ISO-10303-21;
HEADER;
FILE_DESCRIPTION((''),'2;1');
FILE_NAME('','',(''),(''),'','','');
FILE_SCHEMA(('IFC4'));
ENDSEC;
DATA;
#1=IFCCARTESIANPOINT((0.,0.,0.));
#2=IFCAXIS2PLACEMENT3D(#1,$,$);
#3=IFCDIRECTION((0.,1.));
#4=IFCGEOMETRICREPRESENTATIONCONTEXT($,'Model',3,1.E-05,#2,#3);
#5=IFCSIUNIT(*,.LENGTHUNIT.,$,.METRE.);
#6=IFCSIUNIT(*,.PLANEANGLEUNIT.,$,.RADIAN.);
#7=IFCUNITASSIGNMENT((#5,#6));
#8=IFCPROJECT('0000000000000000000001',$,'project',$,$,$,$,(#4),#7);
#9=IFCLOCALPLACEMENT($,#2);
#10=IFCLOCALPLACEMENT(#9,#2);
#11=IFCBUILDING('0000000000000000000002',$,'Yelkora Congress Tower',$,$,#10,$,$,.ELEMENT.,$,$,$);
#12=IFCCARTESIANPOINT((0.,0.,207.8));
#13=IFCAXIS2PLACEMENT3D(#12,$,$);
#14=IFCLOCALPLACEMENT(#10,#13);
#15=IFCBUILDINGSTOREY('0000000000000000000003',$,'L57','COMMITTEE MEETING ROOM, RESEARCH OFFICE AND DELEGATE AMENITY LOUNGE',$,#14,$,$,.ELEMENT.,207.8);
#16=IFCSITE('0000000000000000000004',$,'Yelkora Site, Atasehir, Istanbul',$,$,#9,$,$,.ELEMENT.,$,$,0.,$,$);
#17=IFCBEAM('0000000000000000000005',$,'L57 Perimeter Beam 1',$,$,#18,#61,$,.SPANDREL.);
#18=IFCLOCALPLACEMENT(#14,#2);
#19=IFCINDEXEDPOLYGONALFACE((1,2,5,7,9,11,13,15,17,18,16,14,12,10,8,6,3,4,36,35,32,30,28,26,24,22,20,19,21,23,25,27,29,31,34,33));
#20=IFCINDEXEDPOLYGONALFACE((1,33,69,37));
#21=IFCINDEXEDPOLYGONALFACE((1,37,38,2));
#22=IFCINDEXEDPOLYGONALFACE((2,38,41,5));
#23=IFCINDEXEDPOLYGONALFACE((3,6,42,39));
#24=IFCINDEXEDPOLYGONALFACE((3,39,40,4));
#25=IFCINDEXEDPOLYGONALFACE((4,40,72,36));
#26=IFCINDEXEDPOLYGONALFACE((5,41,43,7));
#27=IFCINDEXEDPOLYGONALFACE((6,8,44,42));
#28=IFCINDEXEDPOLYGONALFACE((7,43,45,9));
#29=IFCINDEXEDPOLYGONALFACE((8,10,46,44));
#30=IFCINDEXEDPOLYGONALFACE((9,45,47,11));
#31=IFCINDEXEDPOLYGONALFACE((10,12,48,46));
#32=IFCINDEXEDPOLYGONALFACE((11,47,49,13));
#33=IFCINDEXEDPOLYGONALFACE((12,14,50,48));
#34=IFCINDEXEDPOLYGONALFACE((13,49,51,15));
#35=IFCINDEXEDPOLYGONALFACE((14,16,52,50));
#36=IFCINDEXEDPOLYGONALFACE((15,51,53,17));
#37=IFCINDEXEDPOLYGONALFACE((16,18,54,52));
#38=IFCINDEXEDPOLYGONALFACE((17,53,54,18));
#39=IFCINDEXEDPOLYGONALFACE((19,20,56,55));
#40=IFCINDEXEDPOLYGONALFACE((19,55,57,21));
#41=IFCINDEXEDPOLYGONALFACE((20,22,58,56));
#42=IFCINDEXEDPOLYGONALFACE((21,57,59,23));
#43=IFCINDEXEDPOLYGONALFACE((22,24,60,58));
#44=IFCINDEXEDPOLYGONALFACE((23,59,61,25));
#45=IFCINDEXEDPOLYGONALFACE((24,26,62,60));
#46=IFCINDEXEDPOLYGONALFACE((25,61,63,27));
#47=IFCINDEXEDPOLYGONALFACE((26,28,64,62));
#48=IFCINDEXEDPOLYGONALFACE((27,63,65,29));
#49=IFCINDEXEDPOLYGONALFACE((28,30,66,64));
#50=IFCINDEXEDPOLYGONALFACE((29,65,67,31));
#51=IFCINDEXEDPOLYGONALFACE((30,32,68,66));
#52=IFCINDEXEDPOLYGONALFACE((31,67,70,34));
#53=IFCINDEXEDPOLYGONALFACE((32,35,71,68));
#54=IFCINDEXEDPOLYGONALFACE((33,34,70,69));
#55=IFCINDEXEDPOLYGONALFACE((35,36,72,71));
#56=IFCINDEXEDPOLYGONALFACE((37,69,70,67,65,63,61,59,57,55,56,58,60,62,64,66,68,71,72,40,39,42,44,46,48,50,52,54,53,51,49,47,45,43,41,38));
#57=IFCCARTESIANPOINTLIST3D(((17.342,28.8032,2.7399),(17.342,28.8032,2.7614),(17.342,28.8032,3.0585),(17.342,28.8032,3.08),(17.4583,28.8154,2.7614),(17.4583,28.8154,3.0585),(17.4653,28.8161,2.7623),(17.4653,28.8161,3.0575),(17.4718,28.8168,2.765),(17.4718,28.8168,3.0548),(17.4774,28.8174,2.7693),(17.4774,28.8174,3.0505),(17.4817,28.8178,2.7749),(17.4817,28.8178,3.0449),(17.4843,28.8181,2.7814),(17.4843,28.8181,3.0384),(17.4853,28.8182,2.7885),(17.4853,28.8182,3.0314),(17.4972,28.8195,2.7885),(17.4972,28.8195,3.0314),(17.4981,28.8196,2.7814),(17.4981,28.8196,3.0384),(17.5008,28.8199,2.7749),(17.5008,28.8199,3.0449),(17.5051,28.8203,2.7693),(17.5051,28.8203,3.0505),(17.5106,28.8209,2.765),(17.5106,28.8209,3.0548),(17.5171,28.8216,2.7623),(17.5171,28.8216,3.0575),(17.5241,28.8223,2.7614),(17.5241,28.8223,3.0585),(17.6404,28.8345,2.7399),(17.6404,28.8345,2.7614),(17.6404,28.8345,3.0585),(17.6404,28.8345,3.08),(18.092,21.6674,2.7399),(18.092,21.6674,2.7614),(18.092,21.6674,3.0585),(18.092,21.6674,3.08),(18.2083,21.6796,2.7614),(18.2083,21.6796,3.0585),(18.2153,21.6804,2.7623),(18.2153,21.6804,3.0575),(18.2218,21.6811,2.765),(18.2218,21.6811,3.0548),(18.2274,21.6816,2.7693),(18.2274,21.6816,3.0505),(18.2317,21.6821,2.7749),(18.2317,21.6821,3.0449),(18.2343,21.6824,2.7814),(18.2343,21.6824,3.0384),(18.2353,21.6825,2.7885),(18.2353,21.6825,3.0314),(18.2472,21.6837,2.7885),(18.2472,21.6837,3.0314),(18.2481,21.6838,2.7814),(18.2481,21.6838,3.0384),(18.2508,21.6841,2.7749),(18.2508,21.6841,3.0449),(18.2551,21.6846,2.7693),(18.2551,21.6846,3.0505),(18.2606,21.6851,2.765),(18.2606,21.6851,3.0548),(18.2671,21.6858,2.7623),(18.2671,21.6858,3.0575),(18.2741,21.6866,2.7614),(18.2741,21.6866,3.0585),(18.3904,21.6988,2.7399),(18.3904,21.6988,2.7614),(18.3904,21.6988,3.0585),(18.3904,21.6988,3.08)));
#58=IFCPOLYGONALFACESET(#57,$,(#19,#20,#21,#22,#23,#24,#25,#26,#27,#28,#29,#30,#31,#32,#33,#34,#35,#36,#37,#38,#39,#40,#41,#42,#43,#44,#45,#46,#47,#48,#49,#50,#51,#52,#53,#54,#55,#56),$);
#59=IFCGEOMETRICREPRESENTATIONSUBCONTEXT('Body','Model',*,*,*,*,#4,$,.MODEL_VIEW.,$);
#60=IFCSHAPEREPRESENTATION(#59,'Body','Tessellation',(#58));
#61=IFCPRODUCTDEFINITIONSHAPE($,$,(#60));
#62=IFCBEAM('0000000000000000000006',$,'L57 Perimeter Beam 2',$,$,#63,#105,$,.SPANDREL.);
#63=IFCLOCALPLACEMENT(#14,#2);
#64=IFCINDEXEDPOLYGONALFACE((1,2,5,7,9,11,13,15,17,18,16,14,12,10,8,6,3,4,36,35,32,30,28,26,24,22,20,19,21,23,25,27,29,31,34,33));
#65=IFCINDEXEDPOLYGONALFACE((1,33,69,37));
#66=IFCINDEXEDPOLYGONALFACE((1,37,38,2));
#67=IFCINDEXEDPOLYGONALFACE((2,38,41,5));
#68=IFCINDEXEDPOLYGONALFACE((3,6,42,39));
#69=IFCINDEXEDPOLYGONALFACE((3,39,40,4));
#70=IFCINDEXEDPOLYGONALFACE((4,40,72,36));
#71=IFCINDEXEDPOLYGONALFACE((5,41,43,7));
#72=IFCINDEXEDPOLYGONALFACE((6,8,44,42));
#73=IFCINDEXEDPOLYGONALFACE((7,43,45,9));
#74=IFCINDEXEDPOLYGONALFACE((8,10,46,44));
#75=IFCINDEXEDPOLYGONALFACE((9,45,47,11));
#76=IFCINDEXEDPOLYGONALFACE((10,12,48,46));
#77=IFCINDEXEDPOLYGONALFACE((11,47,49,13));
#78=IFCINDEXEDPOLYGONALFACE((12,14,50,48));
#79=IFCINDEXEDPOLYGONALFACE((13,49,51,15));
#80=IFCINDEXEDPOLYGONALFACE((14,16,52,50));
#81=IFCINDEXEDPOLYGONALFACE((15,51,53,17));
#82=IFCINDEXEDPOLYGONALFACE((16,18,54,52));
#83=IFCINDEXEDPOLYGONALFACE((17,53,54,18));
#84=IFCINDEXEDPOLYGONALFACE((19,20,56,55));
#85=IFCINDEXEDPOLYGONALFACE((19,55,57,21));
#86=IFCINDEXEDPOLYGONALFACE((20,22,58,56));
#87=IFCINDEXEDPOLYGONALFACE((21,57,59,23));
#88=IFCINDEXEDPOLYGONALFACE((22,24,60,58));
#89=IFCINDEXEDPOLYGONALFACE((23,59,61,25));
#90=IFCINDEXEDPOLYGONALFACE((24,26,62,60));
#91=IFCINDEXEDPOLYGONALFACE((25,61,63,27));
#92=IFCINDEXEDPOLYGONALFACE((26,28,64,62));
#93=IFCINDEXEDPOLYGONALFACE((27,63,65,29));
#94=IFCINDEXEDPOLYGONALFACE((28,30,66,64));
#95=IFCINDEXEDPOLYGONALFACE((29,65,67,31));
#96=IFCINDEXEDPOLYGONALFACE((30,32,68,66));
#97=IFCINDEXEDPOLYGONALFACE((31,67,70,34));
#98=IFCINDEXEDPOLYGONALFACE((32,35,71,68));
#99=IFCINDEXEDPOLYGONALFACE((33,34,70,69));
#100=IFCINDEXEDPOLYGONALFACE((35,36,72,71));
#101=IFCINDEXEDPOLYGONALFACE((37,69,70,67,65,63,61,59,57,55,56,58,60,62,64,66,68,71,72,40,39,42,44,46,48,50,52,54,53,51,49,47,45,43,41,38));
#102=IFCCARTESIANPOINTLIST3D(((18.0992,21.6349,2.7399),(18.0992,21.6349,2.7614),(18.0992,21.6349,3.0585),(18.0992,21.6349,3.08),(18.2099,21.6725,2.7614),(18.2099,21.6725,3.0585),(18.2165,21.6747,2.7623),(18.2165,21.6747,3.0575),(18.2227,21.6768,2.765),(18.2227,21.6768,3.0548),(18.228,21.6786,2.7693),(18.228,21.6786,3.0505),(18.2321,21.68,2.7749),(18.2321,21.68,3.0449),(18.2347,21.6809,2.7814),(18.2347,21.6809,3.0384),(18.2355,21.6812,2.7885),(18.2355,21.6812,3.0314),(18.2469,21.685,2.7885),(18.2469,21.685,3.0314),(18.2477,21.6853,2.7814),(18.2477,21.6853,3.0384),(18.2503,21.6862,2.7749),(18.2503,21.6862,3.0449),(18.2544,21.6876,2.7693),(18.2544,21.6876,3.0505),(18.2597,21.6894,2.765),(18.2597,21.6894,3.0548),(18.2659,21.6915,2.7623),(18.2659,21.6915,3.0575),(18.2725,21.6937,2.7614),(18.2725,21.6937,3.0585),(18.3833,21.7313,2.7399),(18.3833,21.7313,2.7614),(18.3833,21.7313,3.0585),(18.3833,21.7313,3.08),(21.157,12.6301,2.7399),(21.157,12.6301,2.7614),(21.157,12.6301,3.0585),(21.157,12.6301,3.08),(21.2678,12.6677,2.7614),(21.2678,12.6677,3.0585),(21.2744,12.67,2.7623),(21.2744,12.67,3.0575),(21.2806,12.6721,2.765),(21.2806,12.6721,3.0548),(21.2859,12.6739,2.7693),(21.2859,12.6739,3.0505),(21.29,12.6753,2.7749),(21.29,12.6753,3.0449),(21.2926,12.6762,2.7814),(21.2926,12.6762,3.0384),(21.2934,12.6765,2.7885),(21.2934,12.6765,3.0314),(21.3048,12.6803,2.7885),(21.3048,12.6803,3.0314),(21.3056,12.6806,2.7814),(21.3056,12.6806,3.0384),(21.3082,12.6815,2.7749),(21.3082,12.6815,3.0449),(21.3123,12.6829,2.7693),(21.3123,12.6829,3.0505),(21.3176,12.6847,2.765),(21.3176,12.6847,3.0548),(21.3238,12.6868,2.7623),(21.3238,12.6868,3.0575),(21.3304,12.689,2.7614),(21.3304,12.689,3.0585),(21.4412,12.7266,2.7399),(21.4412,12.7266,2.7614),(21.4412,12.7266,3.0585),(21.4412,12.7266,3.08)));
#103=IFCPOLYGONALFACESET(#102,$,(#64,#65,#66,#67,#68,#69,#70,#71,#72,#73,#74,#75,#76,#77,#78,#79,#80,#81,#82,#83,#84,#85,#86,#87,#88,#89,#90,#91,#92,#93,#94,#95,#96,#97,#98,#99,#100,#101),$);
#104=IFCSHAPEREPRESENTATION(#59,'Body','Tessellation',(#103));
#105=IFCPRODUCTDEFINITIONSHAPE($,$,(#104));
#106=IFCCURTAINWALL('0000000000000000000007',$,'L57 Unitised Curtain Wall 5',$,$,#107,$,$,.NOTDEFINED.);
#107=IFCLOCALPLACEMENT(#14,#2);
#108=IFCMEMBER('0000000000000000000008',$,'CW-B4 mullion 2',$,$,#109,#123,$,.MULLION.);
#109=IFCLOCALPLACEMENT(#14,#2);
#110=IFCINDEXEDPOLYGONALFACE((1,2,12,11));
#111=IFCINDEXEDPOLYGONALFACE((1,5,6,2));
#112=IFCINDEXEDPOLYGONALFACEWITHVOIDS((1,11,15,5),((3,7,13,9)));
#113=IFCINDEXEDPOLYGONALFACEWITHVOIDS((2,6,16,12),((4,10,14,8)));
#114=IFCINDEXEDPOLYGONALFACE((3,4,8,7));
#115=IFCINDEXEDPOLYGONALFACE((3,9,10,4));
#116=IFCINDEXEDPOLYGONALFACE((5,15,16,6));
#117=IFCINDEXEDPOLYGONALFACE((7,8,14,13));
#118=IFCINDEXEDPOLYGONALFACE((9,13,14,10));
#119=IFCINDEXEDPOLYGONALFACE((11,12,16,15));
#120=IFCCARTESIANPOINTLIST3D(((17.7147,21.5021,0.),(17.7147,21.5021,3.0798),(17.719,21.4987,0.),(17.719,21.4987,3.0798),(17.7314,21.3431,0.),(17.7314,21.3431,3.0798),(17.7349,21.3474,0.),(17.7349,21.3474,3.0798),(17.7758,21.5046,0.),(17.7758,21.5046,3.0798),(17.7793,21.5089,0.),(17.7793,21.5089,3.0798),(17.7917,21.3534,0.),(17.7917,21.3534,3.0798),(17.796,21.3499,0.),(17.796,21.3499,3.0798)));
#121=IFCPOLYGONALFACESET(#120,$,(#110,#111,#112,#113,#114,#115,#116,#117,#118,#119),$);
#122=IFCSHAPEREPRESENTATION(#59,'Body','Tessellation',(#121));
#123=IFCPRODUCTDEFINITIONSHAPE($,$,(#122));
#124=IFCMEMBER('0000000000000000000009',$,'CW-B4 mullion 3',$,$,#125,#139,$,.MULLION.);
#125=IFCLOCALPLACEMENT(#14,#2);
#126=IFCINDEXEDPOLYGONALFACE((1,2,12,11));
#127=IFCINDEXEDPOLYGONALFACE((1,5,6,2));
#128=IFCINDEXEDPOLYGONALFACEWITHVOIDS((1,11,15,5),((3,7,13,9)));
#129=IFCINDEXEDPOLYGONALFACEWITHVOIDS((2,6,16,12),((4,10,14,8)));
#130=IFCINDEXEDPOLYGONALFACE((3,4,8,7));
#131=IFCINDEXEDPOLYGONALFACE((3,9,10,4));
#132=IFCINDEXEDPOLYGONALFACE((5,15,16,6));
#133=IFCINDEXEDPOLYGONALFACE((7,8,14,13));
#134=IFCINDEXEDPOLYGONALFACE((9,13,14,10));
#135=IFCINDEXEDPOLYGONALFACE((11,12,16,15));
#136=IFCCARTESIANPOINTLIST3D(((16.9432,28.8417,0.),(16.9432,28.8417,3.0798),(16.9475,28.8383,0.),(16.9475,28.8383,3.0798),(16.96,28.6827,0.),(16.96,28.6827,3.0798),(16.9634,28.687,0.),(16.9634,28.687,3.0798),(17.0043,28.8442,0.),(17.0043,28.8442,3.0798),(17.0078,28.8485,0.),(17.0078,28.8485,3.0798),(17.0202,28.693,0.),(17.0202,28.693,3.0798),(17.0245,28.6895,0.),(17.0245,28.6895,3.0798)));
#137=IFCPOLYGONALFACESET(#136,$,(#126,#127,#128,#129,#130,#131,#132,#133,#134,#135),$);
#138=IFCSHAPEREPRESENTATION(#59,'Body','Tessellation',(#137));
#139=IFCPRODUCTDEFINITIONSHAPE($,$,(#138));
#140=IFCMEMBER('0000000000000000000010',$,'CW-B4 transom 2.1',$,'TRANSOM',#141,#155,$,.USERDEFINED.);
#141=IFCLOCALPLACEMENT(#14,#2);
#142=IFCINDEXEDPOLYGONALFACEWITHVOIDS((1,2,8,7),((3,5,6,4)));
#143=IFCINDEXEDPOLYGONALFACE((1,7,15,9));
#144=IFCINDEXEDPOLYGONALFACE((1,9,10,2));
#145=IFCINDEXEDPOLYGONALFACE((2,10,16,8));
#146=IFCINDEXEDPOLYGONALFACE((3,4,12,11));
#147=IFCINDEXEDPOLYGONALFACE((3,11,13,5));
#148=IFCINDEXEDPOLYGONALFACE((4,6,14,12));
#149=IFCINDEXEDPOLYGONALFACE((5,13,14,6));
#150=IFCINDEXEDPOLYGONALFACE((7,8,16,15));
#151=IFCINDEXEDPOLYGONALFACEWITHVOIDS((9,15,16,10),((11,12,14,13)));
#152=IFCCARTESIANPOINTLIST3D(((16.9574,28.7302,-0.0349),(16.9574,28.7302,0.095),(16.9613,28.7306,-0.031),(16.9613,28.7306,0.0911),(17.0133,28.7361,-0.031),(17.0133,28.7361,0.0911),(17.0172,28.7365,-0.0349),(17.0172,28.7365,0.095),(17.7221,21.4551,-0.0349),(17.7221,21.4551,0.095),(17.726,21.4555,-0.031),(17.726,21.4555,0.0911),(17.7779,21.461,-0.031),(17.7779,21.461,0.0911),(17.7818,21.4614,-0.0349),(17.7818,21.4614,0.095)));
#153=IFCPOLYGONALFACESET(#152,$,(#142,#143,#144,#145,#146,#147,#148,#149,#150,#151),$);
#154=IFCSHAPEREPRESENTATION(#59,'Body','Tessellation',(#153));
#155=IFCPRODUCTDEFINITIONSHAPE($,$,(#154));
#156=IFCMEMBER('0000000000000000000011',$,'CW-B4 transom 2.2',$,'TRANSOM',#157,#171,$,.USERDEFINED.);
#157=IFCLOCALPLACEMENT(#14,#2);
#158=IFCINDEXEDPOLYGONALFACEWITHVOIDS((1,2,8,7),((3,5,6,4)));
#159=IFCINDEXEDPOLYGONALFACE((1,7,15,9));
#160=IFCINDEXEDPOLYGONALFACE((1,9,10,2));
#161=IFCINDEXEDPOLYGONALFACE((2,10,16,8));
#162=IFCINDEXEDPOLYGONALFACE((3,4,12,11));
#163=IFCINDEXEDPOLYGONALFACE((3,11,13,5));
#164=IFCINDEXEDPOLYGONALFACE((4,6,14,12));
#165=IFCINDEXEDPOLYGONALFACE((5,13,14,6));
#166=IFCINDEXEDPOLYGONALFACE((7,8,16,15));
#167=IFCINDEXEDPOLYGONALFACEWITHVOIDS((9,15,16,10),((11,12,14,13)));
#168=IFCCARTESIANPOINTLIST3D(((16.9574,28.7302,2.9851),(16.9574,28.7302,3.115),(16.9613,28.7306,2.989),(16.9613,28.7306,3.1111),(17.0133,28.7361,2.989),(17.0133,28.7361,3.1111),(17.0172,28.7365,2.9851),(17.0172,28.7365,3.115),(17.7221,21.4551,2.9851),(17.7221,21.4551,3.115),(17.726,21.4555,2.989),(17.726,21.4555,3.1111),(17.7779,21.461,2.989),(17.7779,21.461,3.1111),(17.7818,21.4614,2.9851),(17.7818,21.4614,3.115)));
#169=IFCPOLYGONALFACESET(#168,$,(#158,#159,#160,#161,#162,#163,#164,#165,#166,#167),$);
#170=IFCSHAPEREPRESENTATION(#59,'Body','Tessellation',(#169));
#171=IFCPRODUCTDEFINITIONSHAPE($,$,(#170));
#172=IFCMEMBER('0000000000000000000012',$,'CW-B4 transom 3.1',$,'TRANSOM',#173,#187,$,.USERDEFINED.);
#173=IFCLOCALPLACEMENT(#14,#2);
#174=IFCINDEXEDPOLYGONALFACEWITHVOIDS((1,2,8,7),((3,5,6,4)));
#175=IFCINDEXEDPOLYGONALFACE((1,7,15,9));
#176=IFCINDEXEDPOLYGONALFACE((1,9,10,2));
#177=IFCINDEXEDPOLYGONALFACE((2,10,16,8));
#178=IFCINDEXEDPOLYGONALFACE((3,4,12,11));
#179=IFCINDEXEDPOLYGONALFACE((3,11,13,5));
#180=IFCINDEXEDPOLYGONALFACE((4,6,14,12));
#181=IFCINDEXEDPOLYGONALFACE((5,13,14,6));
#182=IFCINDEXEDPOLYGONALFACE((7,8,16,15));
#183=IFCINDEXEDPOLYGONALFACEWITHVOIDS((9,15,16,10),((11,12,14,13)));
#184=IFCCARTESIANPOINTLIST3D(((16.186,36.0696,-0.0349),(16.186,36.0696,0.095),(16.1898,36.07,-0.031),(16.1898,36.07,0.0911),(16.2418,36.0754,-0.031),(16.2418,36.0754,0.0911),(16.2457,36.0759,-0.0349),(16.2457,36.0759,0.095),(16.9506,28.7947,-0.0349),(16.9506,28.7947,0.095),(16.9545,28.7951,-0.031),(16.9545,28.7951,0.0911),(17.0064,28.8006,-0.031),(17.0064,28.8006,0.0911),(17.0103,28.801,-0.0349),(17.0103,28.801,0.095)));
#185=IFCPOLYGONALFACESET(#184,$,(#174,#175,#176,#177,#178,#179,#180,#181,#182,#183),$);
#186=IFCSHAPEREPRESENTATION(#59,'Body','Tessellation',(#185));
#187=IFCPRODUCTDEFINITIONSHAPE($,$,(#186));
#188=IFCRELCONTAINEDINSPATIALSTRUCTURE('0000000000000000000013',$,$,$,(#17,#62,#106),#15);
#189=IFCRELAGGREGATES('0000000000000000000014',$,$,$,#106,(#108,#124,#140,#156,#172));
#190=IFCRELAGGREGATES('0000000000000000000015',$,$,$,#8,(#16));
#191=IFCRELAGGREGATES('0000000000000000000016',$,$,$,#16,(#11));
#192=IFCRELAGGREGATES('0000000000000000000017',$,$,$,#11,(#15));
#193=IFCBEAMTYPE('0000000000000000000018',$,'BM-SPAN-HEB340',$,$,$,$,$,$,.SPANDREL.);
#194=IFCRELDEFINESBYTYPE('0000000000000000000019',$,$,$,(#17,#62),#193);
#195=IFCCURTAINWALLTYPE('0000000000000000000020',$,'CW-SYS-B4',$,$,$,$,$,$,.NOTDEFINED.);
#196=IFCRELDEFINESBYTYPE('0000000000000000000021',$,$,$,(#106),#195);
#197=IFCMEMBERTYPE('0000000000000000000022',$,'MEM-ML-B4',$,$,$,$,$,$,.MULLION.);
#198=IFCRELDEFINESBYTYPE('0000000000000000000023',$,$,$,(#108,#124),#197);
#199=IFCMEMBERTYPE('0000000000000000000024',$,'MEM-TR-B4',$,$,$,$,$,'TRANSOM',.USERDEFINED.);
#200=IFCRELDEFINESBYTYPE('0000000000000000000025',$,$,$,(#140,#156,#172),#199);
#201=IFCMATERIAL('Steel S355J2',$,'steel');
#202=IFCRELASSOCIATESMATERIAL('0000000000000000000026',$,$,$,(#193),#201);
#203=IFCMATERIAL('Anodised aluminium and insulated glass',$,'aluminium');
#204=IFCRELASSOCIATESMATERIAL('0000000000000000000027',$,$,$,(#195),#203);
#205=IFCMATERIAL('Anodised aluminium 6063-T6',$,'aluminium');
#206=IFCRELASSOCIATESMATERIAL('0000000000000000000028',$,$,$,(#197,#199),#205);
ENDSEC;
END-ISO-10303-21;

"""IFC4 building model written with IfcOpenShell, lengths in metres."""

from ifc_helpers import new_model, si_unit, direction, frame, origin, origin_2d, place, context, subcontext, project, spatial, hollow_rectangle, i_section, extrude, material, material_profile, profile_set, type_object, element, aggregate, save


model = new_model("IFC4")

# Units and contexts
model_context = context("Model", 3, precision=1e-05, world=origin(), true_north=direction((0.0, 1.0)))
body_context = subcontext(model_context, "Body", "Model", "MODEL_VIEW")
ifc_project = project(units=[si_unit("LENGTHUNIT", "METRE"), si_unit("PLANEANGLEUNIT", "RADIAN")], contexts=[model_context])

# Site, building, storey
site_placement = place(None, origin())
site = spatial("IfcSite", under=ifc_project, at=site_placement, Name="Yelkora Site, Atasehir, Istanbul", CompositionType="ELEMENT", RefElevation=0.0)
building_placement = place(site_placement, origin())
building = spatial("IfcBuilding", under=site, at=building_placement, Name="Yelkora Congress Tower", CompositionType="ELEMENT")
storey_placement = place(building_placement, frame((0.0, 0.0, 207.8)))
storey = spatial("IfcBuildingStorey", under=building, at=storey_placement, Name="L57", Description="COMMITTEE MEETING ROOM, RESEARCH OFFICE AND DELEGATE AMENITY LOUNGE", CompositionType="ELEMENT", Elevation=207.8)

# Shared definitions
ifc_material_1 = material(Name="Steel S355J2", Category="steel")

# Beams
ifc_material_profile_1 = material_profile(ifc_material_1, i_section(OverallWidth=0.3, OverallDepth=0.3401, WebThickness=0.012, FlangeThickness=0.0215, FilletRadius=0.0271, at=origin_2d()), Name="HEB 340")
ifc_profile_set_1 = profile_set([ifc_material_profile_1], Name="Steel S355J2")
beam_type_1 = type_object("IfcBeamType", Name="BM-SPAN-HEB340", PredefinedType="SPANDREL", material=ifc_profile_set_1)
beam_1_placement = place(storey_placement, frame((17.4912, 28.8188, 2.9099), z_axis=(0.104529, -0.994522, 0.0), x_axis=(0.994522, 0.104529, 0.0)))
element("IfcBeam", 1, at=beam_1_placement, inside=storey, type_object=beam_type_1, Name="L57 Perimeter Beam 1", PredefinedType="SPANDREL", context=body_context, shape_type="SweptSolid", body=[
    extrude(i_section(OverallWidth=0.3, OverallDepth=0.3401, WebThickness=0.012, FlangeThickness=0.0215, FilletRadius=0.0271, at=origin_2d()), origin(), (0.0, 0.0, 1.0), 7.175),
])
beam_2_placement = place(storey_placement, frame((18.2412, 21.6831, 2.9099), z_axis=(0.321552, -0.946892, 0.0), x_axis=(0.946892, 0.321552, 0.0)))
element("IfcBeam", 2, at=beam_2_placement, inside=storey, type_object=beam_type_1, Name="L57 Perimeter Beam 2", PredefinedType="SPANDREL", context=body_context, shape_type="SweptSolid", body=[
    extrude(i_section(OverallWidth=0.3, OverallDepth=0.3401, WebThickness=0.012, FlangeThickness=0.0215, FilletRadius=0.0271, at=origin_2d()), origin(), (0.0, 0.0, 1.0), 9.5098),
])

# Curtain wall, members
ifc_material_2 = material(Name="Anodised aluminium and insulated glass", Category="aluminium")
curtain_wall_type = type_object("IfcCurtainWallType", Name="CW-SYS-B4", PredefinedType="NOTDEFINED", material=ifc_material_2)
curtain_wall_placement = place(storey_placement, origin())
curtain_wall = element("IfcCurtainWall", 3, at=curtain_wall_placement, inside=storey, type_object=curtain_wall_type, Name="L57 Unitised Curtain Wall 5", PredefinedType="NOTDEFINED")
ifc_material_3 = material(Name="Anodised aluminium 6063-T6", Category="aluminium")
ifc_material_profile_2 = material_profile(ifc_material_3, hollow_rectangle(XDim=0.0649, YDim=0.1599, WallThickness=0.0039, at=origin_2d()), Name="ALU 65x160x4")
ifc_profile_set_2 = profile_set([ifc_material_profile_2], Name="Anodised aluminium 6063-T6")
member_type_1 = type_object("IfcMemberType", Name="MEM-ML-B4", PredefinedType="MULLION", material=ifc_profile_set_2)
member_1_placement = place(storey_placement, frame((17.7554, 21.426, 0.0), z_axis=(0.0, 0.0, 1.0), x_axis=(-0.994522, -0.104526, 0.0)))
member_1 = element("IfcMember", 4, at=member_1_placement, type_object=member_type_1, Name="CW-B4 mullion 2", PredefinedType="MULLION", context=body_context, shape_type="SweptSolid", body=[
    extrude(hollow_rectangle(XDim=0.0649, YDim=0.1599, WallThickness=0.0039, at=origin_2d()), origin(), (0.0, 0.0, 1.0), 3.0798),
])
member_2_placement = place(storey_placement, frame((16.9839, 28.7656, 0.0), z_axis=(0.0, 0.0, 1.0), x_axis=(-0.994522, -0.104526, 0.0)))
member_2 = element("IfcMember", 5, at=member_2_placement, type_object=member_type_1, Name="CW-B4 mullion 3", PredefinedType="MULLION", context=body_context, shape_type="SweptSolid", body=[
    extrude(hollow_rectangle(XDim=0.0649, YDim=0.1599, WallThickness=0.0039, at=origin_2d()), origin(), (0.0, 0.0, 1.0), 3.0798),
])
ifc_material_profile_3 = material_profile(ifc_material_3, hollow_rectangle(XDim=0.0601, YDim=0.1299, WallThickness=0.0039, at=origin_2d()), Name="ALU 60x130x4")
ifc_profile_set_3 = profile_set([ifc_material_profile_3], Name="Anodised aluminium 6063-T6")
member_type_2 = type_object("IfcMemberType", Name="MEM-TR-B4", ElementType="TRANSOM", PredefinedType="USERDEFINED", material=ifc_profile_set_3)
member_3_placement = place(storey_placement, frame((17.752, 21.4583, 0.03), z_axis=(-0.104528, 0.994522, 0.0), x_axis=(-0.994522, -0.104528, 0.0)))
member_3 = element("IfcMember", 6, at=member_3_placement, type_object=member_type_2, Name="CW-B4 transom 2.1", ObjectType="TRANSOM", PredefinedType="USERDEFINED", context=body_context, shape_type="SweptSolid", body=[
    extrude(hollow_rectangle(XDim=0.0601, YDim=0.1299, WallThickness=0.0039, at=origin_2d()), origin(), (0.0, 0.0, 1.0), 7.3152),
])
member_4_placement = place(storey_placement, frame((17.752, 21.4583, 3.05), z_axis=(-0.104528, 0.994522, 0.0), x_axis=(-0.994522, -0.104528, 0.0)))
member_4 = element("IfcMember", 7, at=member_4_placement, type_object=member_type_2, Name="CW-B4 transom 2.2", ObjectType="TRANSOM", PredefinedType="USERDEFINED", context=body_context, shape_type="SweptSolid", body=[
    extrude(hollow_rectangle(XDim=0.0601, YDim=0.1299, WallThickness=0.0039, at=origin_2d()), origin(), (0.0, 0.0, 1.0), 7.3152),
])
member_5_placement = place(storey_placement, frame((16.9805, 28.7979, 0.03), z_axis=(-0.104532, 0.994522, 0.0), x_axis=(-0.994522, -0.104532, 0.0)))
member_5 = element("IfcMember", 8, at=member_5_placement, type_object=member_type_2, Name="CW-B4 transom 3.1", ObjectType="TRANSOM", PredefinedType="USERDEFINED", context=body_context, shape_type="SweptSolid", body=[
    extrude(hollow_rectangle(XDim=0.0601, YDim=0.1299, WallThickness=0.0039, at=origin_2d()), origin(), (0.0, 0.0, 1.0), 7.3149),
])
aggregate(curtain_wall, [member_1, member_2, member_3, member_4, member_5])

save(model, "model.ifc")
